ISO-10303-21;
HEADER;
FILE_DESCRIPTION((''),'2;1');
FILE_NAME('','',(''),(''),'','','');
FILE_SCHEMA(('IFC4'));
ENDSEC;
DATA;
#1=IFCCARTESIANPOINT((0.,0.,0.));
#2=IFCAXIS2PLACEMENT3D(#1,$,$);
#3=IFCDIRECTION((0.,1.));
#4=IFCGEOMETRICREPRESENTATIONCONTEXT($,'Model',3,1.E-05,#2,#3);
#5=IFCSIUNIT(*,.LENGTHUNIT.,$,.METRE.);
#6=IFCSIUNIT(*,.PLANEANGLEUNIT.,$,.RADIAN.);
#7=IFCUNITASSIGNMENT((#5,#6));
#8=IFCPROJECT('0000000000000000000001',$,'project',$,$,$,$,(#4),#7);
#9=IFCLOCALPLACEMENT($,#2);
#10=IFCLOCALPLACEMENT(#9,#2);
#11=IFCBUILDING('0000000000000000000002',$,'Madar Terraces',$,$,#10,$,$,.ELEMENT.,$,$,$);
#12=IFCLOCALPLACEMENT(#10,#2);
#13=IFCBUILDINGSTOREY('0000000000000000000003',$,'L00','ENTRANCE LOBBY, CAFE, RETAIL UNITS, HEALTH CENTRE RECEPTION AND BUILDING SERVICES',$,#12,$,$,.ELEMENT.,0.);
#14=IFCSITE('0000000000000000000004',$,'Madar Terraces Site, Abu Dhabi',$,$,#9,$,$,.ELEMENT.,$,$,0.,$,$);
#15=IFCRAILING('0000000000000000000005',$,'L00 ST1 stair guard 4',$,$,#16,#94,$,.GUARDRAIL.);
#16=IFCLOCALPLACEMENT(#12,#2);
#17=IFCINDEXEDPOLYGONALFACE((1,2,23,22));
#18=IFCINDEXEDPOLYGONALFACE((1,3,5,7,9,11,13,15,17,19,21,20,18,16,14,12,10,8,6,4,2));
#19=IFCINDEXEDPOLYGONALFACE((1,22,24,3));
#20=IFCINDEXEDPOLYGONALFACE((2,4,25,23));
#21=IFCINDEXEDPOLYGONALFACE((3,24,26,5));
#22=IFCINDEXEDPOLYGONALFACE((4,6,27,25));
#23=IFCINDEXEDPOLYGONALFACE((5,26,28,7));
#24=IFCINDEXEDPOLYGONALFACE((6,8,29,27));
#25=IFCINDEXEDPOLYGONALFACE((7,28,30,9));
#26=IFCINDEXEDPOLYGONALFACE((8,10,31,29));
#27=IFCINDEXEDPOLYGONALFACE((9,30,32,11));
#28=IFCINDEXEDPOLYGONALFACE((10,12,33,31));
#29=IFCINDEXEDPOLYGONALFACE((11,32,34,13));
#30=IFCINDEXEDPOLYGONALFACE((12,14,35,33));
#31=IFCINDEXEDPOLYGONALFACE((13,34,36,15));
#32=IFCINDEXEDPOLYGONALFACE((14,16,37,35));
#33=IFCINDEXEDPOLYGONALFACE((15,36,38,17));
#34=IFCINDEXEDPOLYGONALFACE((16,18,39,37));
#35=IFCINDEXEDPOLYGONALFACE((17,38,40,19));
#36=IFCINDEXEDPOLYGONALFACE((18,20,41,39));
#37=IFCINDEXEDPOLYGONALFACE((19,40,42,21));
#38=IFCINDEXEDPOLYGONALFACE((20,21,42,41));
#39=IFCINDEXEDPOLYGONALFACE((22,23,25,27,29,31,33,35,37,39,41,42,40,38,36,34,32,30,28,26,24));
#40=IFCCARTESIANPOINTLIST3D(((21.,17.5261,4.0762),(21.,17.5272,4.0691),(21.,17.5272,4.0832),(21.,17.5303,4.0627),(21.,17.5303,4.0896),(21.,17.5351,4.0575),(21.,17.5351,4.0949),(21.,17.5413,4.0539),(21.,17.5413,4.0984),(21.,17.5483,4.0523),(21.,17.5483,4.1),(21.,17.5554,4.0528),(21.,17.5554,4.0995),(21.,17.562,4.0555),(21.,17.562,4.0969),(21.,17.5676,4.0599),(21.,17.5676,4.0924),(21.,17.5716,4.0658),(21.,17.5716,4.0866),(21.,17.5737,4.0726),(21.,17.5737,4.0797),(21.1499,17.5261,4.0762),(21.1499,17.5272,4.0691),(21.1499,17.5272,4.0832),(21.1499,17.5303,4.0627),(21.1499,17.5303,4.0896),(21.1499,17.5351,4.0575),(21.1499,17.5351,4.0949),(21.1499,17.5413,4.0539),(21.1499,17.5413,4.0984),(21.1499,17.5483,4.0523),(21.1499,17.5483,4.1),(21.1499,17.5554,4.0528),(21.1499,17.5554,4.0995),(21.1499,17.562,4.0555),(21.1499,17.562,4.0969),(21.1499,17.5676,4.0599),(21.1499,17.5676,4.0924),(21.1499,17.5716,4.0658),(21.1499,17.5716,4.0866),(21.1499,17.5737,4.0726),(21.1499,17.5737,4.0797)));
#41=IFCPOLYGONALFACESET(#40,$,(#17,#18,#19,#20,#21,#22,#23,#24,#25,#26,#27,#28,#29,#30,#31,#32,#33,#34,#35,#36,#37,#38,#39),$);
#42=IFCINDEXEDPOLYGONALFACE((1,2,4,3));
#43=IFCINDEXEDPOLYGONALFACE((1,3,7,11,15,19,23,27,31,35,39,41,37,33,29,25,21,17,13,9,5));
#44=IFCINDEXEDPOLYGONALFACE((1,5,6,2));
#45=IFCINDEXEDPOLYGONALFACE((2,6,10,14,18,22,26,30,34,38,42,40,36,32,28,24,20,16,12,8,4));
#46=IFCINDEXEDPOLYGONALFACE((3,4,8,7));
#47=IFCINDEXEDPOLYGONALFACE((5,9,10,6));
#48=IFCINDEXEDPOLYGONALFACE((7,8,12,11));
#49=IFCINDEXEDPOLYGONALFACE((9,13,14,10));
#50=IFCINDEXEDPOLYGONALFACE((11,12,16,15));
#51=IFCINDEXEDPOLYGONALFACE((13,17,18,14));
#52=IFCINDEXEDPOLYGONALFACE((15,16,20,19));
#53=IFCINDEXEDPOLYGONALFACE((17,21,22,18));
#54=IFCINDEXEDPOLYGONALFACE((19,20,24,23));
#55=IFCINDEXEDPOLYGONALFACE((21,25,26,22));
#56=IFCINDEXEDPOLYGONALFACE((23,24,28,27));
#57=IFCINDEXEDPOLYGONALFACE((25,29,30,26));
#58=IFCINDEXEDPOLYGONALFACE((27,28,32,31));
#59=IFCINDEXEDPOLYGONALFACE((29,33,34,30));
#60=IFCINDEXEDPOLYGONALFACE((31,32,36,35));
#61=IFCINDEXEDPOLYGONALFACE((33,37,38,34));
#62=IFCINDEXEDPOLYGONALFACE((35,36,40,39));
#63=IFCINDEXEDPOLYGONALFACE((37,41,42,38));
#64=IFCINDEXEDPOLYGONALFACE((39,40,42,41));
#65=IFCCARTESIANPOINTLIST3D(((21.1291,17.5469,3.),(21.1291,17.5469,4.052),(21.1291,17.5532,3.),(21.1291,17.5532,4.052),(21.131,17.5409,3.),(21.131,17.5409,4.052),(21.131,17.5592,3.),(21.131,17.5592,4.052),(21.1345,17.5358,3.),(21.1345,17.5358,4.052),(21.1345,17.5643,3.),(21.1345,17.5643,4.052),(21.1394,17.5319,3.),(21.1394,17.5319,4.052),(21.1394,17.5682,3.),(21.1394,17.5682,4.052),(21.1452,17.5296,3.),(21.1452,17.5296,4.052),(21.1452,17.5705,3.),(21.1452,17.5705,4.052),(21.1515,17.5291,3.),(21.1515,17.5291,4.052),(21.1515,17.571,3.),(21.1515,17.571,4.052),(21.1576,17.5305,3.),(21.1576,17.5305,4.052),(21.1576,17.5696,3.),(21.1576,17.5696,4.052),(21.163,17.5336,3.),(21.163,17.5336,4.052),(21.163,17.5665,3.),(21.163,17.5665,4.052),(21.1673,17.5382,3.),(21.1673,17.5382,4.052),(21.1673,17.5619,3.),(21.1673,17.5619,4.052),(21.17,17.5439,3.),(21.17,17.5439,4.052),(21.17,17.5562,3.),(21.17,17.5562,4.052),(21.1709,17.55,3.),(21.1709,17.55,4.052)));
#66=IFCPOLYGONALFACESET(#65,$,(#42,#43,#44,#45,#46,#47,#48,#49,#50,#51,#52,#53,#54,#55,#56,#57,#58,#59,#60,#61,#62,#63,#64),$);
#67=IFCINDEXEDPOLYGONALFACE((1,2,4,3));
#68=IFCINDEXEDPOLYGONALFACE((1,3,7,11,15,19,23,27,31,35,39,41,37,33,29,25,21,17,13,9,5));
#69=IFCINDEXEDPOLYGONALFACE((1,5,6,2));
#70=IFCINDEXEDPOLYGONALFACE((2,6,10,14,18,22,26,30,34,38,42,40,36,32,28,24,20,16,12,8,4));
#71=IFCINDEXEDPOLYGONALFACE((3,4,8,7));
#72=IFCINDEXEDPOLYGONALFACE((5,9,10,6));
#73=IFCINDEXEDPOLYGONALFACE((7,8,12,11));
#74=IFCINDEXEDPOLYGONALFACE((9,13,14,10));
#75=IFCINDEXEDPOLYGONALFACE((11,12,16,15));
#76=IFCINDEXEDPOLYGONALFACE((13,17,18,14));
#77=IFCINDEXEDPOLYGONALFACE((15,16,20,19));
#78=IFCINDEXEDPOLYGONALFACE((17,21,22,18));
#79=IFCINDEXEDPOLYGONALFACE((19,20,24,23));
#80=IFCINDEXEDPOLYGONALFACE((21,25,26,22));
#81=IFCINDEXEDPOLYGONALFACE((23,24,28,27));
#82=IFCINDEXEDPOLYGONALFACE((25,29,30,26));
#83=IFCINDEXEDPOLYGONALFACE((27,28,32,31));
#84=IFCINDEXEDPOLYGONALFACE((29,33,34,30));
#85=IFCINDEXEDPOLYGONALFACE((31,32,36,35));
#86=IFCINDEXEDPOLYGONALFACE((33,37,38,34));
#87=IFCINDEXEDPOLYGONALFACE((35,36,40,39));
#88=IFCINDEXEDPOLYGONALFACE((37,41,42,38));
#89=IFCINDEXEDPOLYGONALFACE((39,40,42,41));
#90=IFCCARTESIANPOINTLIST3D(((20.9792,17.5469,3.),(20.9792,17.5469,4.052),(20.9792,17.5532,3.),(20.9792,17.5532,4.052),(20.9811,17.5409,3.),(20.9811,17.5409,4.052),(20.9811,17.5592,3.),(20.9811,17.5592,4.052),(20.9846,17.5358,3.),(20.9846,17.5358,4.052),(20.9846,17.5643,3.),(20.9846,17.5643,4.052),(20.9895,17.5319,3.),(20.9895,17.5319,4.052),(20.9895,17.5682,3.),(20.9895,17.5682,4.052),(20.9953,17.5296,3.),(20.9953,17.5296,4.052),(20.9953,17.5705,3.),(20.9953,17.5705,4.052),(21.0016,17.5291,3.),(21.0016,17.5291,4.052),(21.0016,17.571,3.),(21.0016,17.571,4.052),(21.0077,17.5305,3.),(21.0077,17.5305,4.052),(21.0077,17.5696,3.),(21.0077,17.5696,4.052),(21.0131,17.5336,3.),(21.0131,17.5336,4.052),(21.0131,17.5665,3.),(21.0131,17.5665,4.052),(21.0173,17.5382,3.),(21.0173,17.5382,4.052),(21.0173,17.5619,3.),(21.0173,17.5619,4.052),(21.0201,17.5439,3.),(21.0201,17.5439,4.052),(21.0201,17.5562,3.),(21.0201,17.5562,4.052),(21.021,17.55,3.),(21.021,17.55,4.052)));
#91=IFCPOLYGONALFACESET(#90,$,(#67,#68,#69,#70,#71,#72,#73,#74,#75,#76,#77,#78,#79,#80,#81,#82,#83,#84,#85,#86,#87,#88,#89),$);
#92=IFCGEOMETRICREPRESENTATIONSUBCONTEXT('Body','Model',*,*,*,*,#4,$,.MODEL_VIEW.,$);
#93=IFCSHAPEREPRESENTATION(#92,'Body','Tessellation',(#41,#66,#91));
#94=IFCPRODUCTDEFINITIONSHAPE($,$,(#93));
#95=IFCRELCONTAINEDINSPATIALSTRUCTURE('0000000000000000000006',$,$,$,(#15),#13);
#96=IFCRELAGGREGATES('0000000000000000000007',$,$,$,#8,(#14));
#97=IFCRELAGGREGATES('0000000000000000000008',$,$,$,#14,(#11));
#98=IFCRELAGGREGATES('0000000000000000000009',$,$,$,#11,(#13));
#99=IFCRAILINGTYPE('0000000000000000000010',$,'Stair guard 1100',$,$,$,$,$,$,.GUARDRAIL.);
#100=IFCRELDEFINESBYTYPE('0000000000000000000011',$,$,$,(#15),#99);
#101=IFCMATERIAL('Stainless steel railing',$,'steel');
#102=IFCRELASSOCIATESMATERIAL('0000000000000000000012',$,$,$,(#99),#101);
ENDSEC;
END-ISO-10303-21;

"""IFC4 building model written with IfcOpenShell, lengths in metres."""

from ifc_helpers import new_model, si_unit, direction, frame, origin, origin_2d, place, context, subcontext, project, spatial, circle, extrude, material, type_object, element, save


model = new_model("IFC4")

# Units and contexts
model_context = context("Model", 3, precision=1e-05, world=origin(), true_north=direction((0.0, 1.0)))
body_context = subcontext(model_context, "Body", "Model", "MODEL_VIEW")
ifc_project = project(units=[si_unit("LENGTHUNIT", "METRE"), si_unit("PLANEANGLEUNIT", "RADIAN")], contexts=[model_context])

# Site, building, storey
site_placement = place(None, origin())
site = spatial("IfcSite", under=ifc_project, at=site_placement, Name="Madar Terraces Site, Abu Dhabi", CompositionType="ELEMENT", RefElevation=0.0)
building_placement = place(site_placement, origin())
building = spatial("IfcBuilding", under=site, at=building_placement, Name="Madar Terraces", CompositionType="ELEMENT")
storey_placement = place(building_placement, origin())
storey = spatial("IfcBuildingStorey", under=building, at=storey_placement, Name="L00", Description="ENTRANCE LOBBY, CAFE, RETAIL UNITS, HEALTH CENTRE RECEPTION AND BUILDING SERVICES", CompositionType="ELEMENT", Elevation=0.0)

# Railing
ifc_material_1 = material(Name="Stainless steel railing", Category="steel")
railing_type_1 = type_object("IfcRailingType", Name="Stair guard 1100", PredefinedType="GUARDRAIL", material=ifc_material_1)
railing_1_placement = place(storey_placement, frame((21.1499, 17.55, 3.0)))
element("IfcRailing", 1, at=railing_1_placement, inside=storey, type_object=railing_type_1, Name="L00 ST1 stair guard 4", PredefinedType="GUARDRAIL", context=body_context, shape_type="SweptSolid", body=[
    extrude(circle(Radius=0.0239, at=origin_2d()), frame((0.0, 0.0, 1.0762), z_axis=(-1.0, 0.0, 0.0), x_axis=(0.0, -1.0, 0.0)), (0.0, 0.0, 1.0), 0.1499),
    extrude(circle(Radius=0.021, at=origin_2d()), origin(), (0.0, 0.0, 1.0), 1.052),
    extrude(circle(Radius=0.021, at=origin_2d()), frame((-0.1499, 0.0, 0.0)), (0.0, 0.0, 1.0), 1.052),
])

save(model, "model.ifc")
